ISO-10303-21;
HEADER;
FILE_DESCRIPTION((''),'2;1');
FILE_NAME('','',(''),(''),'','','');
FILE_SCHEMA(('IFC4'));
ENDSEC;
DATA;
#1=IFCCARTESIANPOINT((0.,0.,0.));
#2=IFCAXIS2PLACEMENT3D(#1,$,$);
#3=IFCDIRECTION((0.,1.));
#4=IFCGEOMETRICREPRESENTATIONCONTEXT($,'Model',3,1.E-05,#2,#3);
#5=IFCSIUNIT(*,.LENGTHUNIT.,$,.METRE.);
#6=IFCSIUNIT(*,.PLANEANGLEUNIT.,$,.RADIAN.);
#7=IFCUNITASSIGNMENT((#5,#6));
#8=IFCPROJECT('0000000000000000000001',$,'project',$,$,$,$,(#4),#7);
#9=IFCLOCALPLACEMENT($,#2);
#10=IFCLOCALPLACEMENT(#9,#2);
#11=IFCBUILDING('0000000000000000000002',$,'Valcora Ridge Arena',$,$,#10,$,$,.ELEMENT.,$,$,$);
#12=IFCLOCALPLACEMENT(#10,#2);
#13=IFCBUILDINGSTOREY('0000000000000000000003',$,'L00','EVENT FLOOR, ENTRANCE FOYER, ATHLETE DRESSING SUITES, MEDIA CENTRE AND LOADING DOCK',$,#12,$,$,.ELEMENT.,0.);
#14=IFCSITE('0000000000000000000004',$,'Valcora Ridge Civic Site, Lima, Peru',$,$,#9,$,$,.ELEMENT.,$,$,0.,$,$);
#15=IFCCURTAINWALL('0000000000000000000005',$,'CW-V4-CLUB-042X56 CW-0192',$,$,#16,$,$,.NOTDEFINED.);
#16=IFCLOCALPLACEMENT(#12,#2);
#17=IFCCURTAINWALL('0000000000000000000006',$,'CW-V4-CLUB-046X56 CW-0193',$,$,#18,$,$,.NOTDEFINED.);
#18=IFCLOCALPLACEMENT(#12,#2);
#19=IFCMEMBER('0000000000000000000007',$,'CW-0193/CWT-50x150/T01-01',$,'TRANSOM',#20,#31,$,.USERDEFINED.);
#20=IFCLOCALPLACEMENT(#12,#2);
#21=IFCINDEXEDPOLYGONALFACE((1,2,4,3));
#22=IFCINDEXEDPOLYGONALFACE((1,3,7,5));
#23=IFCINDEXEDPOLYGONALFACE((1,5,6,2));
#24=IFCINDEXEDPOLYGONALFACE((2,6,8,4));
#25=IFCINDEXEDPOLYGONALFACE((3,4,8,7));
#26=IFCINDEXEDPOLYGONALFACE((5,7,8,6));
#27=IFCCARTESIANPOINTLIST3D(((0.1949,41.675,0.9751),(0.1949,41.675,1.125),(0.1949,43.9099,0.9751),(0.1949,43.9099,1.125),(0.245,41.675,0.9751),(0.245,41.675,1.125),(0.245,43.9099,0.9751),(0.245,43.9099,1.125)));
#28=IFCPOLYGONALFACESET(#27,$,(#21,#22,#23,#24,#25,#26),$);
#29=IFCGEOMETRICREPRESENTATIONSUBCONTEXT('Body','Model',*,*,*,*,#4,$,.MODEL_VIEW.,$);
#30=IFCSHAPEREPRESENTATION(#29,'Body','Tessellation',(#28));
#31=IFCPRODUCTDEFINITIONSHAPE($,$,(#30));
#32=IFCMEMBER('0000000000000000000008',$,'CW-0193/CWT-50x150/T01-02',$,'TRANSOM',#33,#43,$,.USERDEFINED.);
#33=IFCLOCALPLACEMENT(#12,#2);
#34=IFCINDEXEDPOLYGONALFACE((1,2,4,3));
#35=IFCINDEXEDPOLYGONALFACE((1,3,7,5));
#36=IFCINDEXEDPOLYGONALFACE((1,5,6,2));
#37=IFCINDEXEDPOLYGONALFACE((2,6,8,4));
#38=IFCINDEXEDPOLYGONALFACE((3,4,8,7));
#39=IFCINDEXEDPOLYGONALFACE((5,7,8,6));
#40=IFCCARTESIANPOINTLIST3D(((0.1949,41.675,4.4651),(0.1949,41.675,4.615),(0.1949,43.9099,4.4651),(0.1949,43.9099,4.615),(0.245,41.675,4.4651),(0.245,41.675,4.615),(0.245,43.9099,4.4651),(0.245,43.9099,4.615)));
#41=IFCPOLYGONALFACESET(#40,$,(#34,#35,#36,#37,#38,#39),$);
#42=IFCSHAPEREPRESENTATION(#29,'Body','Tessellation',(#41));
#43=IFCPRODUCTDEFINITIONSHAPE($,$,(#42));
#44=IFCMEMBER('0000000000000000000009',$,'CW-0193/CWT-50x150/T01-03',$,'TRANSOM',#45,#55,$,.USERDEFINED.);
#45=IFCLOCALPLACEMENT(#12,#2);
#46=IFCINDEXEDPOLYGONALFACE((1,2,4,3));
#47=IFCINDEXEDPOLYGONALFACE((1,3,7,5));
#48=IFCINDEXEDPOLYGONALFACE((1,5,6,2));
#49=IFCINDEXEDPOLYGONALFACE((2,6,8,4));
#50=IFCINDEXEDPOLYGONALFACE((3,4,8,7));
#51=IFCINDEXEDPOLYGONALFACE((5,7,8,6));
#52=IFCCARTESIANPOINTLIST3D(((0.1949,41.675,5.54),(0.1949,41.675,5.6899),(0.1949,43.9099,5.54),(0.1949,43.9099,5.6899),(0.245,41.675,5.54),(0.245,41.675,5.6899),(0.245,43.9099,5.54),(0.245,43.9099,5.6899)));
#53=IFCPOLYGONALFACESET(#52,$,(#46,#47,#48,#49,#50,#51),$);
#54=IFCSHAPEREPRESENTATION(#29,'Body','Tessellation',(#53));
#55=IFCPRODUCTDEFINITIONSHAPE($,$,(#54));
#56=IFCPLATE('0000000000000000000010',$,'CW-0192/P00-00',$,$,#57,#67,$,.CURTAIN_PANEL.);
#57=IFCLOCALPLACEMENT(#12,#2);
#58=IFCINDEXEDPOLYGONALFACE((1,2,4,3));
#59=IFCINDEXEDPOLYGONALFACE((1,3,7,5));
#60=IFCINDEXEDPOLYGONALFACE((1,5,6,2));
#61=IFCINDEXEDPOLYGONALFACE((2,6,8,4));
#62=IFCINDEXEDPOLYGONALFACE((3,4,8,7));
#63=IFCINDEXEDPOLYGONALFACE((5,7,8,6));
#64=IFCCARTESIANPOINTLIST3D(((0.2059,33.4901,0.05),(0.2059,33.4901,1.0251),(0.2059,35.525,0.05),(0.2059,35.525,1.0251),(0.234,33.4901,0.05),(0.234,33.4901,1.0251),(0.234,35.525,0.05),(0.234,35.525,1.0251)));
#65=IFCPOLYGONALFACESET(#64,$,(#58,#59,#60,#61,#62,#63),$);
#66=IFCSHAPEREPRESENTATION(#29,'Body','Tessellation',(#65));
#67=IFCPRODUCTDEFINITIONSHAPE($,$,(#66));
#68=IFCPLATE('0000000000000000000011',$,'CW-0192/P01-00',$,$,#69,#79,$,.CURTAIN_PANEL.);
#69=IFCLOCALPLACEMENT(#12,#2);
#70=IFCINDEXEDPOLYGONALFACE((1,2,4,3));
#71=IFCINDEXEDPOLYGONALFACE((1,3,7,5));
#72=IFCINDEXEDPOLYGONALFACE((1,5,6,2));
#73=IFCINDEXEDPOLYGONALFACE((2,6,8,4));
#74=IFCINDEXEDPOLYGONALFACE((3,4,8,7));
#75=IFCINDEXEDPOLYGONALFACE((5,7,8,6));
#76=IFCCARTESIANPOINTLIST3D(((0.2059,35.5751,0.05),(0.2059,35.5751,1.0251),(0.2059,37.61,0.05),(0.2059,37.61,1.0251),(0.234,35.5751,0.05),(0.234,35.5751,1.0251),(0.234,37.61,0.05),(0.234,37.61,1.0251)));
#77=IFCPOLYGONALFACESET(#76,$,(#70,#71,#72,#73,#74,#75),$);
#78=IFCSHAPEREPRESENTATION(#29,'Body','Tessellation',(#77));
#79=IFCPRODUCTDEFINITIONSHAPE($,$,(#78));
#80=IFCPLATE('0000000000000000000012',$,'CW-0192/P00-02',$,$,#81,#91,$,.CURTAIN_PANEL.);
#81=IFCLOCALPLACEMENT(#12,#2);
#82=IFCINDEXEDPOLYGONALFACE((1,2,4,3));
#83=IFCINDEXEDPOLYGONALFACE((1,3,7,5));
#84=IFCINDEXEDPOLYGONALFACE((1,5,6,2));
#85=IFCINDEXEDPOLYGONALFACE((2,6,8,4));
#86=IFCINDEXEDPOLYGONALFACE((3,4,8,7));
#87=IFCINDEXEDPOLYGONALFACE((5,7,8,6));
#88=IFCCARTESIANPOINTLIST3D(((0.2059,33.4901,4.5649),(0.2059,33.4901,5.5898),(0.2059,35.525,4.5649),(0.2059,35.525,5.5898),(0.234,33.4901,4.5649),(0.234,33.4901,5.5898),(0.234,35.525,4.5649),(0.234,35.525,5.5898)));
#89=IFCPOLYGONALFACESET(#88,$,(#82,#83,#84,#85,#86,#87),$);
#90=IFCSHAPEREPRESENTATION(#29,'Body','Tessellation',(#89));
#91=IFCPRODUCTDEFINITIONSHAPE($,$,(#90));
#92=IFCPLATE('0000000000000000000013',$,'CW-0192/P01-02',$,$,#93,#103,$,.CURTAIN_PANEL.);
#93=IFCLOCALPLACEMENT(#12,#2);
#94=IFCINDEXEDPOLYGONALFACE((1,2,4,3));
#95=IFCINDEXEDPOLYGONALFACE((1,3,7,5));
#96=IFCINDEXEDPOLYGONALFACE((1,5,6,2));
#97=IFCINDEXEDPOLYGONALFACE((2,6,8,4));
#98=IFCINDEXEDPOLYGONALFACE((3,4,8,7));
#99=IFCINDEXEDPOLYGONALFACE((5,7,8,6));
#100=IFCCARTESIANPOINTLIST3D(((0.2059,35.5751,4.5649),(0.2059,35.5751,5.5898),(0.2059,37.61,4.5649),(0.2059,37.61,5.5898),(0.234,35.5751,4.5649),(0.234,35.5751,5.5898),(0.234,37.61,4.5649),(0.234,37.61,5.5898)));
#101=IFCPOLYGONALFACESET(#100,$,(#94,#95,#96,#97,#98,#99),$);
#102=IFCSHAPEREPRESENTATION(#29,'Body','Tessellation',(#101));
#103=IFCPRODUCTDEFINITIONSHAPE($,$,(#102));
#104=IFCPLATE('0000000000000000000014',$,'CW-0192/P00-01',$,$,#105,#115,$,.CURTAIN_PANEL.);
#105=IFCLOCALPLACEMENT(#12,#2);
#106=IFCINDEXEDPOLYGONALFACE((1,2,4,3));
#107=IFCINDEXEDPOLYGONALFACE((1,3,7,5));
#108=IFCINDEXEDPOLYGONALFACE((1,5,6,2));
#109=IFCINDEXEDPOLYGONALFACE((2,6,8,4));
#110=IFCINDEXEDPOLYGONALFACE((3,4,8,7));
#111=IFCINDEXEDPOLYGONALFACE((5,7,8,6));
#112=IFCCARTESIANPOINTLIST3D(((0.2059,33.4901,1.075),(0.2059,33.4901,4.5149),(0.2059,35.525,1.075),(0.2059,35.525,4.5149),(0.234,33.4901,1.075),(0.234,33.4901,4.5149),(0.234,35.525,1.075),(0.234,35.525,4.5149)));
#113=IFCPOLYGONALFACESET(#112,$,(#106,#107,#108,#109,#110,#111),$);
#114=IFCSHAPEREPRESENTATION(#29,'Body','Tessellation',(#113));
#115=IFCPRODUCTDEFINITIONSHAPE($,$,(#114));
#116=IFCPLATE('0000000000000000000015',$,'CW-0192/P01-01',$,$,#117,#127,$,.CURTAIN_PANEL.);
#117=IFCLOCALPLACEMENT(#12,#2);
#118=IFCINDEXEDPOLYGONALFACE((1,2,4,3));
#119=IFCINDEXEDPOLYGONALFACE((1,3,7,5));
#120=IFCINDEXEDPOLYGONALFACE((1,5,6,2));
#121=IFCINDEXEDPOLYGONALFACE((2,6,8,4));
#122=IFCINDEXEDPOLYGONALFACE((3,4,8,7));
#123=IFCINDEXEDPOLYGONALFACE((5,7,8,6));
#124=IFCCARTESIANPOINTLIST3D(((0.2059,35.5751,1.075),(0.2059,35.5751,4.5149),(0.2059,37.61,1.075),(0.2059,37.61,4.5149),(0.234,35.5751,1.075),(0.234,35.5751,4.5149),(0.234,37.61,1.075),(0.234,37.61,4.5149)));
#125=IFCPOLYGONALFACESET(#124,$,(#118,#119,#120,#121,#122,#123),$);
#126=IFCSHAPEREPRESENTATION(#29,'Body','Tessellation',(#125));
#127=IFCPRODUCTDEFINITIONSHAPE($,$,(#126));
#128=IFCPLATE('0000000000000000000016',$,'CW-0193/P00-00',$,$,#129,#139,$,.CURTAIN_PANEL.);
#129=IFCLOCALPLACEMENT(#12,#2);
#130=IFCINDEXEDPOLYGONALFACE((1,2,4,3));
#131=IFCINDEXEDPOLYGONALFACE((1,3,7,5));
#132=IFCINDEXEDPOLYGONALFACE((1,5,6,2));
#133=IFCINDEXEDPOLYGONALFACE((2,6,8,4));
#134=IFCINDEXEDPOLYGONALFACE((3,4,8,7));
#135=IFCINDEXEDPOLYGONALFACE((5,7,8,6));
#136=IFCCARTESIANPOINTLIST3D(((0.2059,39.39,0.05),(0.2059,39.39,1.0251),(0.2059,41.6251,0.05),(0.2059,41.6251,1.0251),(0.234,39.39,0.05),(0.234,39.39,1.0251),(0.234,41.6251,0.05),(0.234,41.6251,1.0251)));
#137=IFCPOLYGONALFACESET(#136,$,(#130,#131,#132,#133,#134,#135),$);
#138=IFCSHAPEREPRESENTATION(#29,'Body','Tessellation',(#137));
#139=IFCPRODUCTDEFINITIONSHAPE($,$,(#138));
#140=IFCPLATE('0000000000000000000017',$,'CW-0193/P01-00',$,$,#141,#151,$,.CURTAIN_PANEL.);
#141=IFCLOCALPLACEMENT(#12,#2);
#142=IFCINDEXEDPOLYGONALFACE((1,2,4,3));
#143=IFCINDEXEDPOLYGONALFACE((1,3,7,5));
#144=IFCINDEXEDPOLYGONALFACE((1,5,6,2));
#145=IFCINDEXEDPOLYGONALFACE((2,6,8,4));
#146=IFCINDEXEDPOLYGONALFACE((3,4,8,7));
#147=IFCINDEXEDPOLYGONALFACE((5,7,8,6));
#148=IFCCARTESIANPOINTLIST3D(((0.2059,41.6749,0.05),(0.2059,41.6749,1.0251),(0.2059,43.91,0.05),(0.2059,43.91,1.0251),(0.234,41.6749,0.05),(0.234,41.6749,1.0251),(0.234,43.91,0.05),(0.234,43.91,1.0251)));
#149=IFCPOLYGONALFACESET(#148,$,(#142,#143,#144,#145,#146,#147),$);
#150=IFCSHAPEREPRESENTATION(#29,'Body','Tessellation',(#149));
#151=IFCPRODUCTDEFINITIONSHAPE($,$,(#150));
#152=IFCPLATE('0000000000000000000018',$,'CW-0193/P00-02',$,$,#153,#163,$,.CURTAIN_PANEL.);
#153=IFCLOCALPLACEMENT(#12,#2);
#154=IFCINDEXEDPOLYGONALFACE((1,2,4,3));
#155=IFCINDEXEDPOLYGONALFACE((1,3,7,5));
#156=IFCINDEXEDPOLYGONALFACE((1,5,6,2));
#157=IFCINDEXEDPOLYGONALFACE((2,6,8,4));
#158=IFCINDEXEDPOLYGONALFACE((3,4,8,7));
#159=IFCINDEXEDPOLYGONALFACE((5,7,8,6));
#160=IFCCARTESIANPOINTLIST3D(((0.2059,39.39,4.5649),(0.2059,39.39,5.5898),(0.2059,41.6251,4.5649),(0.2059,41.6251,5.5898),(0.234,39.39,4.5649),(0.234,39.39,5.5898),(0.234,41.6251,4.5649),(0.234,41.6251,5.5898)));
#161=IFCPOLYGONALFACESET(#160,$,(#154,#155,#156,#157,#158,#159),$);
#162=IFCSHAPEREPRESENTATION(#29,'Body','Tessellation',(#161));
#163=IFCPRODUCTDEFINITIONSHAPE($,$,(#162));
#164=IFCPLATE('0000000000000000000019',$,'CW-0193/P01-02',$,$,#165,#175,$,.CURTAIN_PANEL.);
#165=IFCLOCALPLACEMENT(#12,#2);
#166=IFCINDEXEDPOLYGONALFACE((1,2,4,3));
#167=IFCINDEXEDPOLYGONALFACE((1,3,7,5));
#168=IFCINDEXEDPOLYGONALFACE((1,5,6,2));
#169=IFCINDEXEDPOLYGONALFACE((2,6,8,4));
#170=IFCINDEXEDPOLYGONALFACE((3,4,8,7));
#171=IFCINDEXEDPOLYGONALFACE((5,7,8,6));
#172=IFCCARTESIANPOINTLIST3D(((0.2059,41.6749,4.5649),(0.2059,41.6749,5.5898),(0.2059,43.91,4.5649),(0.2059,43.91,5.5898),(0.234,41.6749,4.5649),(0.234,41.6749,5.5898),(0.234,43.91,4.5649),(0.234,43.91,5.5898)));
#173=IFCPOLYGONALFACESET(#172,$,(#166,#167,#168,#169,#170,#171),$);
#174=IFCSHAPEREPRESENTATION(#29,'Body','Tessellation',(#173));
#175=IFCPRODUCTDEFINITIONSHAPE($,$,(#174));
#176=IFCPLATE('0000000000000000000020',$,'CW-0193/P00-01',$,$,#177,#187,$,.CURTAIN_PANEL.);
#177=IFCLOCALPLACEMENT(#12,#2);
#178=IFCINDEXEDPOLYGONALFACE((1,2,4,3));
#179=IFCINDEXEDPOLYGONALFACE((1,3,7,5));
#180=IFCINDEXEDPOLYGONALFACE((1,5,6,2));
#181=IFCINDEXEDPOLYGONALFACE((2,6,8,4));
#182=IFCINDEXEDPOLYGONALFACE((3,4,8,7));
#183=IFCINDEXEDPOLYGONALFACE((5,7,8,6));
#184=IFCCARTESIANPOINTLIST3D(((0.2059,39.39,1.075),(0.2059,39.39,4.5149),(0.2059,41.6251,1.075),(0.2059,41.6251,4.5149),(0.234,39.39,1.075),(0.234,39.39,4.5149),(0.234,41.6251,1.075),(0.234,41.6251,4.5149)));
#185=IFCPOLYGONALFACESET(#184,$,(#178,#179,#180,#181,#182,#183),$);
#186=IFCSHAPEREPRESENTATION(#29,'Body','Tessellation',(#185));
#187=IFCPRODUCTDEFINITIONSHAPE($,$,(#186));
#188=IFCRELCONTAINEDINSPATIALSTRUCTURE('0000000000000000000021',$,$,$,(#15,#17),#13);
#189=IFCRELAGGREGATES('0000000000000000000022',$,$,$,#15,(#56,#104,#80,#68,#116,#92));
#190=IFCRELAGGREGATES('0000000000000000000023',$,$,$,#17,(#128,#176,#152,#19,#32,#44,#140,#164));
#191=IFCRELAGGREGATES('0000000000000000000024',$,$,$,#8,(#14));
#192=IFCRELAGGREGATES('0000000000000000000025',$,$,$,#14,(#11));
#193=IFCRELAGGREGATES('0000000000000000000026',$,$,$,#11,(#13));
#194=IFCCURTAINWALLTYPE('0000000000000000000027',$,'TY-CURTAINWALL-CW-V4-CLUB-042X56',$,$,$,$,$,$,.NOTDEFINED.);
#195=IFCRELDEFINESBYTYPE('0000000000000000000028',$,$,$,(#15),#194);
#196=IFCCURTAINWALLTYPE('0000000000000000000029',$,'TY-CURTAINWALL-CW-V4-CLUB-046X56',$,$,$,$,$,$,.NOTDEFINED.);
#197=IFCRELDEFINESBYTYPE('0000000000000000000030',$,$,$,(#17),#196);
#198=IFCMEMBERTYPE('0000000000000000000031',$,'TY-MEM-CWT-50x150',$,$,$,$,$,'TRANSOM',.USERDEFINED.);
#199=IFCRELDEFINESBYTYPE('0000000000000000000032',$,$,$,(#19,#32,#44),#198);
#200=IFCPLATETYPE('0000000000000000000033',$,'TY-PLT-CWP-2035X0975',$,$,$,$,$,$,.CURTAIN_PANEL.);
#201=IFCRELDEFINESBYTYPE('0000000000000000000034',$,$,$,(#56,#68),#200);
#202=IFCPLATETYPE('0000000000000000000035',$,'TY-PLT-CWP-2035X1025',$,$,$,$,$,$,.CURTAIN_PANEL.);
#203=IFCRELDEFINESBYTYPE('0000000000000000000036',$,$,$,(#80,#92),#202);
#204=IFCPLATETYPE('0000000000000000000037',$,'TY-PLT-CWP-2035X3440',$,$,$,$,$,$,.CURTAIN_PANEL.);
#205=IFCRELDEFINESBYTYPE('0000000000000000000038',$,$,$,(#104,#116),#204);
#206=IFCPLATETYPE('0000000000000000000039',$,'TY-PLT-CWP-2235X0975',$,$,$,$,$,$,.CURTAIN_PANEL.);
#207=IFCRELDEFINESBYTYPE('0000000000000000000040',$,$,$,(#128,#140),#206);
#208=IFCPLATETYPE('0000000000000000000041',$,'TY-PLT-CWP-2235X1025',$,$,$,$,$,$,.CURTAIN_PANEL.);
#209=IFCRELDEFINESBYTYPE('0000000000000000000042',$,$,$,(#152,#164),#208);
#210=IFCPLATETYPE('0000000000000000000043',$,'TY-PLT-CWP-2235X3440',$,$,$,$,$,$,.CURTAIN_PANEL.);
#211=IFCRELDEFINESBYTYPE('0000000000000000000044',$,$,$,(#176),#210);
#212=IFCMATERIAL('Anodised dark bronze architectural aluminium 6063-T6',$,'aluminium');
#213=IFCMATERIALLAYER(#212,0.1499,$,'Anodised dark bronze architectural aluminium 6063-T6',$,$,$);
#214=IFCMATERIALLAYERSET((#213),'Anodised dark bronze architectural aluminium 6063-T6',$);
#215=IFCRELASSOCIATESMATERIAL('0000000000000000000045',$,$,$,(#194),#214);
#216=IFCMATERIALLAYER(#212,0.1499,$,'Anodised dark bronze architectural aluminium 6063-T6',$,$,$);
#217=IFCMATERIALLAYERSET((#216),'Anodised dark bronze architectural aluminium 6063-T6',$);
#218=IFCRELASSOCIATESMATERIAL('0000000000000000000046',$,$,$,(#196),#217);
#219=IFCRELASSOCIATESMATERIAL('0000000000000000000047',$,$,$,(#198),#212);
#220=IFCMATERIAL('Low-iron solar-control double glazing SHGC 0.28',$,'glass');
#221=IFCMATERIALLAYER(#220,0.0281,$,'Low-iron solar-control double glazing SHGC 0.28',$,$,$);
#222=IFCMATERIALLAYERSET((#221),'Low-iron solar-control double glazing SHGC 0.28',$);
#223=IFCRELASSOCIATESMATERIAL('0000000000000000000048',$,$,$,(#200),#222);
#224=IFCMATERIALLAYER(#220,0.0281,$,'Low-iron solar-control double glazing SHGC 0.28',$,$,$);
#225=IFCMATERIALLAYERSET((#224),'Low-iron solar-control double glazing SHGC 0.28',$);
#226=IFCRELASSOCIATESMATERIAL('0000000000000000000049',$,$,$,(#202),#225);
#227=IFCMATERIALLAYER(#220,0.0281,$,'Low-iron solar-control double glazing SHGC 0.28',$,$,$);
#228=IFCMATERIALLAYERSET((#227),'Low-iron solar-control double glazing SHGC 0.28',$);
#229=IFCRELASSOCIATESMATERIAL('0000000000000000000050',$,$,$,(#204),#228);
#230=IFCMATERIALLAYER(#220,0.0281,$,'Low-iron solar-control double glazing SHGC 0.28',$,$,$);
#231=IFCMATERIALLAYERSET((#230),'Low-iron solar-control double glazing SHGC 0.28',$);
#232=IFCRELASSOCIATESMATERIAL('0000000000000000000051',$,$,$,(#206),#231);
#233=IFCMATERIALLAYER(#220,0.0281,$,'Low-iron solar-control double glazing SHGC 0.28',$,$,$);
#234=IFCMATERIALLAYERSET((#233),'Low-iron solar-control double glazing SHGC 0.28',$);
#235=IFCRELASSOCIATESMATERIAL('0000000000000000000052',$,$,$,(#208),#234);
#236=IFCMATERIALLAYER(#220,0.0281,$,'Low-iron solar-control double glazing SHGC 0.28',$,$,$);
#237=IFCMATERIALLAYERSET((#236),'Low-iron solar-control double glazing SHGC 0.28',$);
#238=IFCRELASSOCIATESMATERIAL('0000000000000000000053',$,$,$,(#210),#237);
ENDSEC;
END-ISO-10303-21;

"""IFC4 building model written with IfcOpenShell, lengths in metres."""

from ifc_helpers import new_model, si_unit, direction, frame, origin, origin_2d, place, context, subcontext, project, spatial, rectangle, extrude, material, layer, layer_set, material_profile, profile_set, type_object, element, aggregate, save


model = new_model("IFC4")

# Units and contexts
model_context = context("Model", 3, precision=1e-05, world=origin(), true_north=direction((0.0, 1.0)))
body_context = subcontext(model_context, "Body", "Model", "MODEL_VIEW")
ifc_project = project(units=[si_unit("LENGTHUNIT", "METRE"), si_unit("PLANEANGLEUNIT", "RADIAN")], contexts=[model_context])

# Site, building, storey
site_placement = place(None, origin())
site = spatial("IfcSite", under=ifc_project, at=site_placement, Name="Valcora Ridge Civic Site, Lima, Peru", CompositionType="ELEMENT", RefElevation=0.0)
building_placement = place(site_placement, origin())
building = spatial("IfcBuilding", under=site, at=building_placement, Name="Valcora Ridge Arena", CompositionType="ELEMENT")
storey_placement = place(building_placement, origin())
storey = spatial("IfcBuildingStorey", under=building, at=storey_placement, Name="L00", Description="EVENT FLOOR, ENTRANCE FOYER, ATHLETE DRESSING SUITES, MEDIA CENTRE AND LOADING DOCK", CompositionType="ELEMENT", Elevation=0.0)

# Curtain walls
ifc_material_1 = material(Name="Anodised dark bronze architectural aluminium 6063-T6", Category="aluminium")
ifc_layer_1 = layer(ifc_material_1, 0.1499, Name="Anodised dark bronze architectural aluminium 6063-T6")
ifc_layer_set_1 = layer_set([ifc_layer_1], Name="Anodised dark bronze architectural aluminium 6063-T6")
curtain_wall_type_1 = type_object("IfcCurtainWallType", Name="TY-CURTAINWALL-CW-V4-CLUB-042X56", PredefinedType="NOTDEFINED", material=ifc_layer_set_1)
curtain_wall_1_placement = place(storey_placement, origin())
curtain_wall_1 = element("IfcCurtainWall", 1, at=curtain_wall_1_placement, inside=storey, type_object=curtain_wall_type_1, Name="CW-V4-CLUB-042X56 CW-0192", PredefinedType="NOTDEFINED")
ifc_layer_2 = layer(ifc_material_1, 0.1499, Name="Anodised dark bronze architectural aluminium 6063-T6")
ifc_layer_set_2 = layer_set([ifc_layer_2], Name="Anodised dark bronze architectural aluminium 6063-T6")
curtain_wall_type_2 = type_object("IfcCurtainWallType", Name="TY-CURTAINWALL-CW-V4-CLUB-046X56", PredefinedType="NOTDEFINED", material=ifc_layer_set_2)
curtain_wall_2_placement = place(storey_placement, origin())
curtain_wall_2 = element("IfcCurtainWall", 2, at=curtain_wall_2_placement, inside=storey, type_object=curtain_wall_type_2, Name="CW-V4-CLUB-046X56 CW-0193", PredefinedType="NOTDEFINED")

# Members
ifc_material_profile_1 = material_profile(ifc_material_1, rectangle(XDim=0.05, YDim=0.1499, at=origin_2d()), Name="ALU TRANSOM 50x150")
ifc_profile_set_1 = profile_set([ifc_material_profile_1], Name="Anodised dark bronze architectural aluminium 6063-T6")
member_type_1 = type_object("IfcMemberType", Name="TY-MEM-CWT-50x150", ElementType="TRANSOM", PredefinedType="USERDEFINED", material=ifc_profile_set_1)
member_1_placement = place(storey_placement, frame((0.22, 41.675, 1.05), z_axis=(0.0, 1.0, 0.0), x_axis=(-1.0, 0.0, 0.0)))
member_1 = element("IfcMember", 3, at=member_1_placement, type_object=member_type_1, Name="CW-0193/CWT-50x150/T01-01", ObjectType="TRANSOM", PredefinedType="USERDEFINED", context=body_context, shape_type="SweptSolid", body=[
    extrude(rectangle(XDim=0.05, YDim=0.1499, at=origin_2d()), origin(), (0.0, 0.0, 1.0), 2.2349),
])
member_2_placement = place(storey_placement, frame((0.22, 41.675, 4.54), z_axis=(0.0, 1.0, 0.0), x_axis=(-1.0, 0.0, 0.0)))
member_2 = element("IfcMember", 4, at=member_2_placement, type_object=member_type_1, Name="CW-0193/CWT-50x150/T01-02", ObjectType="TRANSOM", PredefinedType="USERDEFINED", context=body_context, shape_type="SweptSolid", body=[
    extrude(rectangle(XDim=0.05, YDim=0.1499, at=origin_2d()), origin(), (0.0, 0.0, 1.0), 2.2349),
])
member_3_placement = place(storey_placement, frame((0.22, 41.675, 5.615), z_axis=(0.0, 1.0, 0.0), x_axis=(-1.0, 0.0, 0.0)))
member_3 = element("IfcMember", 5, at=member_3_placement, type_object=member_type_1, Name="CW-0193/CWT-50x150/T01-03", ObjectType="TRANSOM", PredefinedType="USERDEFINED", context=body_context, shape_type="SweptSolid", body=[
    extrude(rectangle(XDim=0.05, YDim=0.1499, at=origin_2d()), origin(), (0.0, 0.0, 1.0), 2.2349),
])

# Plates
ifc_material_2 = material(Name="Low-iron solar-control double glazing SHGC 0.28", Category="glass")
ifc_layer_3 = layer(ifc_material_2, 0.0281, Name="Low-iron solar-control double glazing SHGC 0.28")
ifc_layer_set_3 = layer_set([ifc_layer_3], Name="Low-iron solar-control double glazing SHGC 0.28")
plate_type_1 = type_object("IfcPlateType", Name="TY-PLT-CWP-2035X0975", PredefinedType="CURTAIN_PANEL", material=ifc_layer_set_3)
plate_1_placement = place(storey_placement, frame((0.22, 34.5076, 0.05), z_axis=(0.0, 0.0, 1.0), x_axis=(0.0, 1.0, 0.0)))
plate_1 = element("IfcPlate", 6, at=plate_1_placement, type_object=plate_type_1, Name="CW-0192/P00-00", PredefinedType="CURTAIN_PANEL", context=body_context, shape_type="SweptSolid", body=[
    extrude(rectangle(XDim=2.0349, YDim=0.0281, at=origin_2d()), origin(), (0.0, 0.0, 1.0), 0.9751),
])
plate_2_placement = place(storey_placement, frame((0.22, 36.5925, 0.05), z_axis=(0.0, 0.0, 1.0), x_axis=(0.0, 1.0, 0.0)))
plate_2 = element("IfcPlate", 7, at=plate_2_placement, type_object=plate_type_1, Name="CW-0192/P01-00", PredefinedType="CURTAIN_PANEL", context=body_context, shape_type="SweptSolid", body=[
    extrude(rectangle(XDim=2.0349, YDim=0.0281, at=origin_2d()), origin(), (0.0, 0.0, 1.0), 0.9751),
])
ifc_layer_4 = layer(ifc_material_2, 0.0281, Name="Low-iron solar-control double glazing SHGC 0.28")
ifc_layer_set_4 = layer_set([ifc_layer_4], Name="Low-iron solar-control double glazing SHGC 0.28")
plate_type_2 = type_object("IfcPlateType", Name="TY-PLT-CWP-2035X1025", PredefinedType="CURTAIN_PANEL", material=ifc_layer_set_4)
plate_3_placement = place(storey_placement, frame((0.22, 34.5076, 4.5649), z_axis=(0.0, 0.0, 1.0), x_axis=(0.0, 1.0, 0.0)))
plate_3 = element("IfcPlate", 8, at=plate_3_placement, type_object=plate_type_2, Name="CW-0192/P00-02", PredefinedType="CURTAIN_PANEL", context=body_context, shape_type="SweptSolid", body=[
    extrude(rectangle(XDim=2.0349, YDim=0.0281, at=origin_2d()), origin(), (0.0, 0.0, 1.0), 1.0249),
])
plate_4_placement = place(storey_placement, frame((0.22, 36.5925, 4.5649), z_axis=(0.0, 0.0, 1.0), x_axis=(0.0, 1.0, 0.0)))
plate_4 = element("IfcPlate", 9, at=plate_4_placement, type_object=plate_type_2, Name="CW-0192/P01-02", PredefinedType="CURTAIN_PANEL", context=body_context, shape_type="SweptSolid", body=[
    extrude(rectangle(XDim=2.0349, YDim=0.0281, at=origin_2d()), origin(), (0.0, 0.0, 1.0), 1.0249),
])
ifc_layer_5 = layer(ifc_material_2, 0.0281, Name="Low-iron solar-control double glazing SHGC 0.28")
ifc_layer_set_5 = layer_set([ifc_layer_5], Name="Low-iron solar-control double glazing SHGC 0.28")
plate_type_3 = type_object("IfcPlateType", Name="TY-PLT-CWP-2035X3440", PredefinedType="CURTAIN_PANEL", material=ifc_layer_set_5)
plate_5_placement = place(storey_placement, frame((0.22, 34.5076, 1.075), z_axis=(0.0, 0.0, 1.0), x_axis=(0.0, 1.0, 0.0)))
plate_5 = element("IfcPlate", 10, at=plate_5_placement, type_object=plate_type_3, Name="CW-0192/P00-01", PredefinedType="CURTAIN_PANEL", context=body_context, shape_type="SweptSolid", body=[
    extrude(rectangle(XDim=2.0349, YDim=0.0281, at=origin_2d()), origin(), (0.0, 0.0, 1.0), 3.4399),
])
plate_6_placement = place(storey_placement, frame((0.22, 36.5925, 1.075), z_axis=(0.0, 0.0, 1.0), x_axis=(0.0, 1.0, 0.0)))
plate_6 = element("IfcPlate", 11, at=plate_6_placement, type_object=plate_type_3, Name="CW-0192/P01-01", PredefinedType="CURTAIN_PANEL", context=body_context, shape_type="SweptSolid", body=[
    extrude(rectangle(XDim=2.0349, YDim=0.0281, at=origin_2d()), origin(), (0.0, 0.0, 1.0), 3.4399),
])
aggregate(curtain_wall_1, [plate_1, plate_5, plate_3, plate_2, plate_6, plate_4])
ifc_layer_6 = layer(ifc_material_2, 0.0281, Name="Low-iron solar-control double glazing SHGC 0.28")
ifc_layer_set_6 = layer_set([ifc_layer_6], Name="Low-iron solar-control double glazing SHGC 0.28")
plate_type_4 = type_object("IfcPlateType", Name="TY-PLT-CWP-2235X0975", PredefinedType="CURTAIN_PANEL", material=ifc_layer_set_6)
plate_7_placement = place(storey_placement, frame((0.22, 40.5076, 0.05), z_axis=(0.0, 0.0, 1.0), x_axis=(0.0, 1.0, 0.0)))
plate_7 = element("IfcPlate", 12, at=plate_7_placement, type_object=plate_type_4, Name="CW-0193/P00-00", PredefinedType="CURTAIN_PANEL", context=body_context, shape_type="SweptSolid", body=[
    extrude(rectangle(XDim=2.2351, YDim=0.0281, at=origin_2d()), origin(), (0.0, 0.0, 1.0), 0.9751),
])
plate_8_placement = place(storey_placement, frame((0.22, 42.7925, 0.05), z_axis=(0.0, 0.0, 1.0), x_axis=(0.0, 1.0, 0.0)))
plate_8 = element("IfcPlate", 13, at=plate_8_placement, type_object=plate_type_4, Name="CW-0193/P01-00", PredefinedType="CURTAIN_PANEL", context=body_context, shape_type="SweptSolid", body=[
    extrude(rectangle(XDim=2.2351, YDim=0.0281, at=origin_2d()), origin(), (0.0, 0.0, 1.0), 0.9751),
])
ifc_layer_7 = layer(ifc_material_2, 0.0281, Name="Low-iron solar-control double glazing SHGC 0.28")
ifc_layer_set_7 = layer_set([ifc_layer_7], Name="Low-iron solar-control double glazing SHGC 0.28")
plate_type_5 = type_object("IfcPlateType", Name="TY-PLT-CWP-2235X1025", PredefinedType="CURTAIN_PANEL", material=ifc_layer_set_7)
plate_9_placement = place(storey_placement, frame((0.22, 40.5076, 4.5649), z_axis=(0.0, 0.0, 1.0), x_axis=(0.0, 1.0, 0.0)))
plate_9 = element("IfcPlate", 14, at=plate_9_placement, type_object=plate_type_5, Name="CW-0193/P00-02", PredefinedType="CURTAIN_PANEL", context=body_context, shape_type="SweptSolid", body=[
    extrude(rectangle(XDim=2.2351, YDim=0.0281, at=origin_2d()), origin(), (0.0, 0.0, 1.0), 1.0249),
])
plate_10_placement = place(storey_placement, frame((0.22, 42.7925, 4.5649), z_axis=(0.0, 0.0, 1.0), x_axis=(0.0, 1.0, 0.0)))
plate_10 = element("IfcPlate", 15, at=plate_10_placement, type_object=plate_type_5, Name="CW-0193/P01-02", PredefinedType="CURTAIN_PANEL", context=body_context, shape_type="SweptSolid", body=[
    extrude(rectangle(XDim=2.2351, YDim=0.0281, at=origin_2d()), origin(), (0.0, 0.0, 1.0), 1.0249),
])
ifc_layer_8 = layer(ifc_material_2, 0.0281, Name="Low-iron solar-control double glazing SHGC 0.28")
ifc_layer_set_8 = layer_set([ifc_layer_8], Name="Low-iron solar-control double glazing SHGC 0.28")
plate_type_6 = type_object("IfcPlateType", Name="TY-PLT-CWP-2235X3440", PredefinedType="CURTAIN_PANEL", material=ifc_layer_set_8)
plate_11_placement = place(storey_placement, frame((0.22, 40.5076, 1.075), z_axis=(0.0, 0.0, 1.0), x_axis=(0.0, 1.0, 0.0)))
plate_11 = element("IfcPlate", 16, at=plate_11_placement, type_object=plate_type_6, Name="CW-0193/P00-01", PredefinedType="CURTAIN_PANEL", context=body_context, shape_type="SweptSolid", body=[
    extrude(rectangle(XDim=2.2351, YDim=0.0281, at=origin_2d()), origin(), (0.0, 0.0, 1.0), 3.4399),
])
aggregate(curtain_wall_2, [plate_7, plate_11, plate_9, member_1, member_2, member_3, plate_8, plate_10])

save(model, "model.ifc")
